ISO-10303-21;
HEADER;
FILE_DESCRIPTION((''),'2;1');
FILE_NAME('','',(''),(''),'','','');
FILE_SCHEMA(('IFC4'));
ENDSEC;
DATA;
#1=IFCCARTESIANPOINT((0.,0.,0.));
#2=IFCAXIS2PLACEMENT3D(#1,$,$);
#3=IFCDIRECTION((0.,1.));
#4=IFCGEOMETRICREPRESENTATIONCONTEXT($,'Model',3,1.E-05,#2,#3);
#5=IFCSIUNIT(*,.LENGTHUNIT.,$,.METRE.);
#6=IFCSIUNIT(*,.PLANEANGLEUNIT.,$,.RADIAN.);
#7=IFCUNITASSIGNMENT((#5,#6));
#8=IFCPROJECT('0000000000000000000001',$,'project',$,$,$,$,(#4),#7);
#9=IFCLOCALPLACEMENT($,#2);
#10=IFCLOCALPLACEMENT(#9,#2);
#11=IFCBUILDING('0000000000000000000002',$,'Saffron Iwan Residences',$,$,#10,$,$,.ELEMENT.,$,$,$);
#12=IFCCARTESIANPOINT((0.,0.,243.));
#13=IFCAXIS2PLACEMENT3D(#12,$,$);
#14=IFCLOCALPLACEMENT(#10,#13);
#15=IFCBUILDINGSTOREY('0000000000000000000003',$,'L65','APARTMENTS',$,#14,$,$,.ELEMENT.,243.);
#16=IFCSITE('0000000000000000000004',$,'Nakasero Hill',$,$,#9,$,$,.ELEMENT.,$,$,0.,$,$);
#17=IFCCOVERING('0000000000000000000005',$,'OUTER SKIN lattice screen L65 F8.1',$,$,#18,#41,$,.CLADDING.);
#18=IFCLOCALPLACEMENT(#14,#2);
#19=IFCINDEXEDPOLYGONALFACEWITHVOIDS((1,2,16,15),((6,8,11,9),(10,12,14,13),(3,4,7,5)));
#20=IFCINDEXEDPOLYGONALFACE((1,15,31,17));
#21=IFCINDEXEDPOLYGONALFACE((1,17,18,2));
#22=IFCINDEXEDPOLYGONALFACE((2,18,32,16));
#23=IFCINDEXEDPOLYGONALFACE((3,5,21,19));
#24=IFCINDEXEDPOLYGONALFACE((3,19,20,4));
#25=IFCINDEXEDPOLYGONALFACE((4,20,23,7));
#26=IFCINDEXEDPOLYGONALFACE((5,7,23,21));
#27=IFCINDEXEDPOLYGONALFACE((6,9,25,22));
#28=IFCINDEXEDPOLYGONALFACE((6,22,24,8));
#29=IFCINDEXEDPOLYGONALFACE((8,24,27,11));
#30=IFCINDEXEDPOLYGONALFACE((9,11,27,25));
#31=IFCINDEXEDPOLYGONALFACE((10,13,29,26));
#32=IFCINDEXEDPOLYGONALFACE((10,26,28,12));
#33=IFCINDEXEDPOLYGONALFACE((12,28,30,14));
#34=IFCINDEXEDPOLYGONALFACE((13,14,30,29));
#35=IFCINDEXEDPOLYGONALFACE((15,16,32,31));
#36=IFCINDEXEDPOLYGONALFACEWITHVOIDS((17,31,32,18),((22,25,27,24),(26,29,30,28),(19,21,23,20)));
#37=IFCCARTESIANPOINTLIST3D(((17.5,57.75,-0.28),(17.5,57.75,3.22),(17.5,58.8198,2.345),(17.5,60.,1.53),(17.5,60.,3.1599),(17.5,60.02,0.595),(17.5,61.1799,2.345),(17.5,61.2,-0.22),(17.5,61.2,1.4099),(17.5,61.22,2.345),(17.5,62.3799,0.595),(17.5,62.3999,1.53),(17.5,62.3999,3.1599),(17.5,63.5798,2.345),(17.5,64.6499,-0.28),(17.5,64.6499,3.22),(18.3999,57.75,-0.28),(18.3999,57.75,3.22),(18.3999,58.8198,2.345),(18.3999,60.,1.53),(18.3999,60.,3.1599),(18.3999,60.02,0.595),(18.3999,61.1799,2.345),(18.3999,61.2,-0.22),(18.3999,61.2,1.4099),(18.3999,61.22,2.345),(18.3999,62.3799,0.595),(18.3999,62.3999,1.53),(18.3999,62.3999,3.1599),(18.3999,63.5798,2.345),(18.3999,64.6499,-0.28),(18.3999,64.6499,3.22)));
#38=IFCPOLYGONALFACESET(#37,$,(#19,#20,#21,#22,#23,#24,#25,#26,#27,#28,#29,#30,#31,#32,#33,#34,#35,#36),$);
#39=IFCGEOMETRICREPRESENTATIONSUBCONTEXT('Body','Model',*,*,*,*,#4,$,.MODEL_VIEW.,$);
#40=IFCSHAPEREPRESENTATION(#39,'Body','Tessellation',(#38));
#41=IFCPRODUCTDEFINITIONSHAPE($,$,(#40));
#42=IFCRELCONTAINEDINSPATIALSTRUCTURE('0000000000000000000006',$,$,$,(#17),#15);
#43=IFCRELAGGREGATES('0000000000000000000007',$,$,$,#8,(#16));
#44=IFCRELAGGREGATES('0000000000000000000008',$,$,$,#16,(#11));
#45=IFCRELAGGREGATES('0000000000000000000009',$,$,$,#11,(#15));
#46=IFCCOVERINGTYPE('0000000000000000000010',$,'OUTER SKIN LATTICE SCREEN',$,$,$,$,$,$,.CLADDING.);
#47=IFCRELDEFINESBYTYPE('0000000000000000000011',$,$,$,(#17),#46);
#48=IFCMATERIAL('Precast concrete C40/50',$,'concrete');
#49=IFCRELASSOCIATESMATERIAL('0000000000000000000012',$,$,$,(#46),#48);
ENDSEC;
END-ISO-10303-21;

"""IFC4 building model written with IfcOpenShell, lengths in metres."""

from ifc_helpers import new_model, si_unit, direction, frame, origin, place, context, subcontext, project, spatial, polyline, outline, extrude, material, type_object, element, save


model = new_model("IFC4")

# Units and contexts
model_context = context("Model", 3, precision=1e-05, world=origin(), true_north=direction((0.0, 1.0)))
body_context = subcontext(model_context, "Body", "Model", "MODEL_VIEW")
ifc_project = project(units=[si_unit("LENGTHUNIT", "METRE"), si_unit("PLANEANGLEUNIT", "RADIAN")], contexts=[model_context])

# Site, building, storey
site_placement = place(None, origin())
site = spatial("IfcSite", under=ifc_project, at=site_placement, Name="Nakasero Hill", CompositionType="ELEMENT", RefElevation=0.0)
building_placement = place(site_placement, origin())
building = spatial("IfcBuilding", under=site, at=building_placement, Name="Saffron Iwan Residences", CompositionType="ELEMENT")
storey_placement = place(building_placement, frame((0.0, 0.0, 243.0)))
storey = spatial("IfcBuildingStorey", under=building, at=storey_placement, Name="L65", Description="APARTMENTS", CompositionType="ELEMENT", Elevation=243.0)

# Covering
ifc_material_1 = material(Name="Precast concrete C40/50", Category="concrete")
covering_type = type_object("IfcCoveringType", Name="OUTER SKIN LATTICE SCREEN", PredefinedType="CLADDING", material=ifc_material_1)
covering_placement = place(storey_placement, frame((18.3999, 64.6499, -0.28), z_axis=(-1.0, 0.0, 0.0), x_axis=(0.0, -1.0, 0.0)))
element("IfcCovering", 1, at=covering_placement, inside=storey, type_object=covering_type, Name="OUTER SKIN lattice screen L65 F8.1", PredefinedType="CLADDING", context=body_context, shape_type="SweptSolid", body=[
    extrude(outline(polyline([(0.0, 0.0), (6.8999, 0.0), (6.8999, 3.5), (0.0, 3.5), (0.0, 0.0)]), holes=[polyline([(2.27, 0.875), (3.45, 0.0601), (4.6299, 0.875), (3.45, 1.6899), (2.27, 0.875)]), polyline([(1.0701, 2.625), (2.25, 1.8101), (3.4299, 2.625), (2.25, 3.4399), (1.0701, 2.625)]), polyline([(3.47, 2.625), (4.6499, 1.8101), (5.8301, 2.625), (4.6499, 3.4399), (3.47, 2.625)])]), origin(), (0.0, 0.0, 1.0), 0.8999),
])

save(model, "model.ifc")
